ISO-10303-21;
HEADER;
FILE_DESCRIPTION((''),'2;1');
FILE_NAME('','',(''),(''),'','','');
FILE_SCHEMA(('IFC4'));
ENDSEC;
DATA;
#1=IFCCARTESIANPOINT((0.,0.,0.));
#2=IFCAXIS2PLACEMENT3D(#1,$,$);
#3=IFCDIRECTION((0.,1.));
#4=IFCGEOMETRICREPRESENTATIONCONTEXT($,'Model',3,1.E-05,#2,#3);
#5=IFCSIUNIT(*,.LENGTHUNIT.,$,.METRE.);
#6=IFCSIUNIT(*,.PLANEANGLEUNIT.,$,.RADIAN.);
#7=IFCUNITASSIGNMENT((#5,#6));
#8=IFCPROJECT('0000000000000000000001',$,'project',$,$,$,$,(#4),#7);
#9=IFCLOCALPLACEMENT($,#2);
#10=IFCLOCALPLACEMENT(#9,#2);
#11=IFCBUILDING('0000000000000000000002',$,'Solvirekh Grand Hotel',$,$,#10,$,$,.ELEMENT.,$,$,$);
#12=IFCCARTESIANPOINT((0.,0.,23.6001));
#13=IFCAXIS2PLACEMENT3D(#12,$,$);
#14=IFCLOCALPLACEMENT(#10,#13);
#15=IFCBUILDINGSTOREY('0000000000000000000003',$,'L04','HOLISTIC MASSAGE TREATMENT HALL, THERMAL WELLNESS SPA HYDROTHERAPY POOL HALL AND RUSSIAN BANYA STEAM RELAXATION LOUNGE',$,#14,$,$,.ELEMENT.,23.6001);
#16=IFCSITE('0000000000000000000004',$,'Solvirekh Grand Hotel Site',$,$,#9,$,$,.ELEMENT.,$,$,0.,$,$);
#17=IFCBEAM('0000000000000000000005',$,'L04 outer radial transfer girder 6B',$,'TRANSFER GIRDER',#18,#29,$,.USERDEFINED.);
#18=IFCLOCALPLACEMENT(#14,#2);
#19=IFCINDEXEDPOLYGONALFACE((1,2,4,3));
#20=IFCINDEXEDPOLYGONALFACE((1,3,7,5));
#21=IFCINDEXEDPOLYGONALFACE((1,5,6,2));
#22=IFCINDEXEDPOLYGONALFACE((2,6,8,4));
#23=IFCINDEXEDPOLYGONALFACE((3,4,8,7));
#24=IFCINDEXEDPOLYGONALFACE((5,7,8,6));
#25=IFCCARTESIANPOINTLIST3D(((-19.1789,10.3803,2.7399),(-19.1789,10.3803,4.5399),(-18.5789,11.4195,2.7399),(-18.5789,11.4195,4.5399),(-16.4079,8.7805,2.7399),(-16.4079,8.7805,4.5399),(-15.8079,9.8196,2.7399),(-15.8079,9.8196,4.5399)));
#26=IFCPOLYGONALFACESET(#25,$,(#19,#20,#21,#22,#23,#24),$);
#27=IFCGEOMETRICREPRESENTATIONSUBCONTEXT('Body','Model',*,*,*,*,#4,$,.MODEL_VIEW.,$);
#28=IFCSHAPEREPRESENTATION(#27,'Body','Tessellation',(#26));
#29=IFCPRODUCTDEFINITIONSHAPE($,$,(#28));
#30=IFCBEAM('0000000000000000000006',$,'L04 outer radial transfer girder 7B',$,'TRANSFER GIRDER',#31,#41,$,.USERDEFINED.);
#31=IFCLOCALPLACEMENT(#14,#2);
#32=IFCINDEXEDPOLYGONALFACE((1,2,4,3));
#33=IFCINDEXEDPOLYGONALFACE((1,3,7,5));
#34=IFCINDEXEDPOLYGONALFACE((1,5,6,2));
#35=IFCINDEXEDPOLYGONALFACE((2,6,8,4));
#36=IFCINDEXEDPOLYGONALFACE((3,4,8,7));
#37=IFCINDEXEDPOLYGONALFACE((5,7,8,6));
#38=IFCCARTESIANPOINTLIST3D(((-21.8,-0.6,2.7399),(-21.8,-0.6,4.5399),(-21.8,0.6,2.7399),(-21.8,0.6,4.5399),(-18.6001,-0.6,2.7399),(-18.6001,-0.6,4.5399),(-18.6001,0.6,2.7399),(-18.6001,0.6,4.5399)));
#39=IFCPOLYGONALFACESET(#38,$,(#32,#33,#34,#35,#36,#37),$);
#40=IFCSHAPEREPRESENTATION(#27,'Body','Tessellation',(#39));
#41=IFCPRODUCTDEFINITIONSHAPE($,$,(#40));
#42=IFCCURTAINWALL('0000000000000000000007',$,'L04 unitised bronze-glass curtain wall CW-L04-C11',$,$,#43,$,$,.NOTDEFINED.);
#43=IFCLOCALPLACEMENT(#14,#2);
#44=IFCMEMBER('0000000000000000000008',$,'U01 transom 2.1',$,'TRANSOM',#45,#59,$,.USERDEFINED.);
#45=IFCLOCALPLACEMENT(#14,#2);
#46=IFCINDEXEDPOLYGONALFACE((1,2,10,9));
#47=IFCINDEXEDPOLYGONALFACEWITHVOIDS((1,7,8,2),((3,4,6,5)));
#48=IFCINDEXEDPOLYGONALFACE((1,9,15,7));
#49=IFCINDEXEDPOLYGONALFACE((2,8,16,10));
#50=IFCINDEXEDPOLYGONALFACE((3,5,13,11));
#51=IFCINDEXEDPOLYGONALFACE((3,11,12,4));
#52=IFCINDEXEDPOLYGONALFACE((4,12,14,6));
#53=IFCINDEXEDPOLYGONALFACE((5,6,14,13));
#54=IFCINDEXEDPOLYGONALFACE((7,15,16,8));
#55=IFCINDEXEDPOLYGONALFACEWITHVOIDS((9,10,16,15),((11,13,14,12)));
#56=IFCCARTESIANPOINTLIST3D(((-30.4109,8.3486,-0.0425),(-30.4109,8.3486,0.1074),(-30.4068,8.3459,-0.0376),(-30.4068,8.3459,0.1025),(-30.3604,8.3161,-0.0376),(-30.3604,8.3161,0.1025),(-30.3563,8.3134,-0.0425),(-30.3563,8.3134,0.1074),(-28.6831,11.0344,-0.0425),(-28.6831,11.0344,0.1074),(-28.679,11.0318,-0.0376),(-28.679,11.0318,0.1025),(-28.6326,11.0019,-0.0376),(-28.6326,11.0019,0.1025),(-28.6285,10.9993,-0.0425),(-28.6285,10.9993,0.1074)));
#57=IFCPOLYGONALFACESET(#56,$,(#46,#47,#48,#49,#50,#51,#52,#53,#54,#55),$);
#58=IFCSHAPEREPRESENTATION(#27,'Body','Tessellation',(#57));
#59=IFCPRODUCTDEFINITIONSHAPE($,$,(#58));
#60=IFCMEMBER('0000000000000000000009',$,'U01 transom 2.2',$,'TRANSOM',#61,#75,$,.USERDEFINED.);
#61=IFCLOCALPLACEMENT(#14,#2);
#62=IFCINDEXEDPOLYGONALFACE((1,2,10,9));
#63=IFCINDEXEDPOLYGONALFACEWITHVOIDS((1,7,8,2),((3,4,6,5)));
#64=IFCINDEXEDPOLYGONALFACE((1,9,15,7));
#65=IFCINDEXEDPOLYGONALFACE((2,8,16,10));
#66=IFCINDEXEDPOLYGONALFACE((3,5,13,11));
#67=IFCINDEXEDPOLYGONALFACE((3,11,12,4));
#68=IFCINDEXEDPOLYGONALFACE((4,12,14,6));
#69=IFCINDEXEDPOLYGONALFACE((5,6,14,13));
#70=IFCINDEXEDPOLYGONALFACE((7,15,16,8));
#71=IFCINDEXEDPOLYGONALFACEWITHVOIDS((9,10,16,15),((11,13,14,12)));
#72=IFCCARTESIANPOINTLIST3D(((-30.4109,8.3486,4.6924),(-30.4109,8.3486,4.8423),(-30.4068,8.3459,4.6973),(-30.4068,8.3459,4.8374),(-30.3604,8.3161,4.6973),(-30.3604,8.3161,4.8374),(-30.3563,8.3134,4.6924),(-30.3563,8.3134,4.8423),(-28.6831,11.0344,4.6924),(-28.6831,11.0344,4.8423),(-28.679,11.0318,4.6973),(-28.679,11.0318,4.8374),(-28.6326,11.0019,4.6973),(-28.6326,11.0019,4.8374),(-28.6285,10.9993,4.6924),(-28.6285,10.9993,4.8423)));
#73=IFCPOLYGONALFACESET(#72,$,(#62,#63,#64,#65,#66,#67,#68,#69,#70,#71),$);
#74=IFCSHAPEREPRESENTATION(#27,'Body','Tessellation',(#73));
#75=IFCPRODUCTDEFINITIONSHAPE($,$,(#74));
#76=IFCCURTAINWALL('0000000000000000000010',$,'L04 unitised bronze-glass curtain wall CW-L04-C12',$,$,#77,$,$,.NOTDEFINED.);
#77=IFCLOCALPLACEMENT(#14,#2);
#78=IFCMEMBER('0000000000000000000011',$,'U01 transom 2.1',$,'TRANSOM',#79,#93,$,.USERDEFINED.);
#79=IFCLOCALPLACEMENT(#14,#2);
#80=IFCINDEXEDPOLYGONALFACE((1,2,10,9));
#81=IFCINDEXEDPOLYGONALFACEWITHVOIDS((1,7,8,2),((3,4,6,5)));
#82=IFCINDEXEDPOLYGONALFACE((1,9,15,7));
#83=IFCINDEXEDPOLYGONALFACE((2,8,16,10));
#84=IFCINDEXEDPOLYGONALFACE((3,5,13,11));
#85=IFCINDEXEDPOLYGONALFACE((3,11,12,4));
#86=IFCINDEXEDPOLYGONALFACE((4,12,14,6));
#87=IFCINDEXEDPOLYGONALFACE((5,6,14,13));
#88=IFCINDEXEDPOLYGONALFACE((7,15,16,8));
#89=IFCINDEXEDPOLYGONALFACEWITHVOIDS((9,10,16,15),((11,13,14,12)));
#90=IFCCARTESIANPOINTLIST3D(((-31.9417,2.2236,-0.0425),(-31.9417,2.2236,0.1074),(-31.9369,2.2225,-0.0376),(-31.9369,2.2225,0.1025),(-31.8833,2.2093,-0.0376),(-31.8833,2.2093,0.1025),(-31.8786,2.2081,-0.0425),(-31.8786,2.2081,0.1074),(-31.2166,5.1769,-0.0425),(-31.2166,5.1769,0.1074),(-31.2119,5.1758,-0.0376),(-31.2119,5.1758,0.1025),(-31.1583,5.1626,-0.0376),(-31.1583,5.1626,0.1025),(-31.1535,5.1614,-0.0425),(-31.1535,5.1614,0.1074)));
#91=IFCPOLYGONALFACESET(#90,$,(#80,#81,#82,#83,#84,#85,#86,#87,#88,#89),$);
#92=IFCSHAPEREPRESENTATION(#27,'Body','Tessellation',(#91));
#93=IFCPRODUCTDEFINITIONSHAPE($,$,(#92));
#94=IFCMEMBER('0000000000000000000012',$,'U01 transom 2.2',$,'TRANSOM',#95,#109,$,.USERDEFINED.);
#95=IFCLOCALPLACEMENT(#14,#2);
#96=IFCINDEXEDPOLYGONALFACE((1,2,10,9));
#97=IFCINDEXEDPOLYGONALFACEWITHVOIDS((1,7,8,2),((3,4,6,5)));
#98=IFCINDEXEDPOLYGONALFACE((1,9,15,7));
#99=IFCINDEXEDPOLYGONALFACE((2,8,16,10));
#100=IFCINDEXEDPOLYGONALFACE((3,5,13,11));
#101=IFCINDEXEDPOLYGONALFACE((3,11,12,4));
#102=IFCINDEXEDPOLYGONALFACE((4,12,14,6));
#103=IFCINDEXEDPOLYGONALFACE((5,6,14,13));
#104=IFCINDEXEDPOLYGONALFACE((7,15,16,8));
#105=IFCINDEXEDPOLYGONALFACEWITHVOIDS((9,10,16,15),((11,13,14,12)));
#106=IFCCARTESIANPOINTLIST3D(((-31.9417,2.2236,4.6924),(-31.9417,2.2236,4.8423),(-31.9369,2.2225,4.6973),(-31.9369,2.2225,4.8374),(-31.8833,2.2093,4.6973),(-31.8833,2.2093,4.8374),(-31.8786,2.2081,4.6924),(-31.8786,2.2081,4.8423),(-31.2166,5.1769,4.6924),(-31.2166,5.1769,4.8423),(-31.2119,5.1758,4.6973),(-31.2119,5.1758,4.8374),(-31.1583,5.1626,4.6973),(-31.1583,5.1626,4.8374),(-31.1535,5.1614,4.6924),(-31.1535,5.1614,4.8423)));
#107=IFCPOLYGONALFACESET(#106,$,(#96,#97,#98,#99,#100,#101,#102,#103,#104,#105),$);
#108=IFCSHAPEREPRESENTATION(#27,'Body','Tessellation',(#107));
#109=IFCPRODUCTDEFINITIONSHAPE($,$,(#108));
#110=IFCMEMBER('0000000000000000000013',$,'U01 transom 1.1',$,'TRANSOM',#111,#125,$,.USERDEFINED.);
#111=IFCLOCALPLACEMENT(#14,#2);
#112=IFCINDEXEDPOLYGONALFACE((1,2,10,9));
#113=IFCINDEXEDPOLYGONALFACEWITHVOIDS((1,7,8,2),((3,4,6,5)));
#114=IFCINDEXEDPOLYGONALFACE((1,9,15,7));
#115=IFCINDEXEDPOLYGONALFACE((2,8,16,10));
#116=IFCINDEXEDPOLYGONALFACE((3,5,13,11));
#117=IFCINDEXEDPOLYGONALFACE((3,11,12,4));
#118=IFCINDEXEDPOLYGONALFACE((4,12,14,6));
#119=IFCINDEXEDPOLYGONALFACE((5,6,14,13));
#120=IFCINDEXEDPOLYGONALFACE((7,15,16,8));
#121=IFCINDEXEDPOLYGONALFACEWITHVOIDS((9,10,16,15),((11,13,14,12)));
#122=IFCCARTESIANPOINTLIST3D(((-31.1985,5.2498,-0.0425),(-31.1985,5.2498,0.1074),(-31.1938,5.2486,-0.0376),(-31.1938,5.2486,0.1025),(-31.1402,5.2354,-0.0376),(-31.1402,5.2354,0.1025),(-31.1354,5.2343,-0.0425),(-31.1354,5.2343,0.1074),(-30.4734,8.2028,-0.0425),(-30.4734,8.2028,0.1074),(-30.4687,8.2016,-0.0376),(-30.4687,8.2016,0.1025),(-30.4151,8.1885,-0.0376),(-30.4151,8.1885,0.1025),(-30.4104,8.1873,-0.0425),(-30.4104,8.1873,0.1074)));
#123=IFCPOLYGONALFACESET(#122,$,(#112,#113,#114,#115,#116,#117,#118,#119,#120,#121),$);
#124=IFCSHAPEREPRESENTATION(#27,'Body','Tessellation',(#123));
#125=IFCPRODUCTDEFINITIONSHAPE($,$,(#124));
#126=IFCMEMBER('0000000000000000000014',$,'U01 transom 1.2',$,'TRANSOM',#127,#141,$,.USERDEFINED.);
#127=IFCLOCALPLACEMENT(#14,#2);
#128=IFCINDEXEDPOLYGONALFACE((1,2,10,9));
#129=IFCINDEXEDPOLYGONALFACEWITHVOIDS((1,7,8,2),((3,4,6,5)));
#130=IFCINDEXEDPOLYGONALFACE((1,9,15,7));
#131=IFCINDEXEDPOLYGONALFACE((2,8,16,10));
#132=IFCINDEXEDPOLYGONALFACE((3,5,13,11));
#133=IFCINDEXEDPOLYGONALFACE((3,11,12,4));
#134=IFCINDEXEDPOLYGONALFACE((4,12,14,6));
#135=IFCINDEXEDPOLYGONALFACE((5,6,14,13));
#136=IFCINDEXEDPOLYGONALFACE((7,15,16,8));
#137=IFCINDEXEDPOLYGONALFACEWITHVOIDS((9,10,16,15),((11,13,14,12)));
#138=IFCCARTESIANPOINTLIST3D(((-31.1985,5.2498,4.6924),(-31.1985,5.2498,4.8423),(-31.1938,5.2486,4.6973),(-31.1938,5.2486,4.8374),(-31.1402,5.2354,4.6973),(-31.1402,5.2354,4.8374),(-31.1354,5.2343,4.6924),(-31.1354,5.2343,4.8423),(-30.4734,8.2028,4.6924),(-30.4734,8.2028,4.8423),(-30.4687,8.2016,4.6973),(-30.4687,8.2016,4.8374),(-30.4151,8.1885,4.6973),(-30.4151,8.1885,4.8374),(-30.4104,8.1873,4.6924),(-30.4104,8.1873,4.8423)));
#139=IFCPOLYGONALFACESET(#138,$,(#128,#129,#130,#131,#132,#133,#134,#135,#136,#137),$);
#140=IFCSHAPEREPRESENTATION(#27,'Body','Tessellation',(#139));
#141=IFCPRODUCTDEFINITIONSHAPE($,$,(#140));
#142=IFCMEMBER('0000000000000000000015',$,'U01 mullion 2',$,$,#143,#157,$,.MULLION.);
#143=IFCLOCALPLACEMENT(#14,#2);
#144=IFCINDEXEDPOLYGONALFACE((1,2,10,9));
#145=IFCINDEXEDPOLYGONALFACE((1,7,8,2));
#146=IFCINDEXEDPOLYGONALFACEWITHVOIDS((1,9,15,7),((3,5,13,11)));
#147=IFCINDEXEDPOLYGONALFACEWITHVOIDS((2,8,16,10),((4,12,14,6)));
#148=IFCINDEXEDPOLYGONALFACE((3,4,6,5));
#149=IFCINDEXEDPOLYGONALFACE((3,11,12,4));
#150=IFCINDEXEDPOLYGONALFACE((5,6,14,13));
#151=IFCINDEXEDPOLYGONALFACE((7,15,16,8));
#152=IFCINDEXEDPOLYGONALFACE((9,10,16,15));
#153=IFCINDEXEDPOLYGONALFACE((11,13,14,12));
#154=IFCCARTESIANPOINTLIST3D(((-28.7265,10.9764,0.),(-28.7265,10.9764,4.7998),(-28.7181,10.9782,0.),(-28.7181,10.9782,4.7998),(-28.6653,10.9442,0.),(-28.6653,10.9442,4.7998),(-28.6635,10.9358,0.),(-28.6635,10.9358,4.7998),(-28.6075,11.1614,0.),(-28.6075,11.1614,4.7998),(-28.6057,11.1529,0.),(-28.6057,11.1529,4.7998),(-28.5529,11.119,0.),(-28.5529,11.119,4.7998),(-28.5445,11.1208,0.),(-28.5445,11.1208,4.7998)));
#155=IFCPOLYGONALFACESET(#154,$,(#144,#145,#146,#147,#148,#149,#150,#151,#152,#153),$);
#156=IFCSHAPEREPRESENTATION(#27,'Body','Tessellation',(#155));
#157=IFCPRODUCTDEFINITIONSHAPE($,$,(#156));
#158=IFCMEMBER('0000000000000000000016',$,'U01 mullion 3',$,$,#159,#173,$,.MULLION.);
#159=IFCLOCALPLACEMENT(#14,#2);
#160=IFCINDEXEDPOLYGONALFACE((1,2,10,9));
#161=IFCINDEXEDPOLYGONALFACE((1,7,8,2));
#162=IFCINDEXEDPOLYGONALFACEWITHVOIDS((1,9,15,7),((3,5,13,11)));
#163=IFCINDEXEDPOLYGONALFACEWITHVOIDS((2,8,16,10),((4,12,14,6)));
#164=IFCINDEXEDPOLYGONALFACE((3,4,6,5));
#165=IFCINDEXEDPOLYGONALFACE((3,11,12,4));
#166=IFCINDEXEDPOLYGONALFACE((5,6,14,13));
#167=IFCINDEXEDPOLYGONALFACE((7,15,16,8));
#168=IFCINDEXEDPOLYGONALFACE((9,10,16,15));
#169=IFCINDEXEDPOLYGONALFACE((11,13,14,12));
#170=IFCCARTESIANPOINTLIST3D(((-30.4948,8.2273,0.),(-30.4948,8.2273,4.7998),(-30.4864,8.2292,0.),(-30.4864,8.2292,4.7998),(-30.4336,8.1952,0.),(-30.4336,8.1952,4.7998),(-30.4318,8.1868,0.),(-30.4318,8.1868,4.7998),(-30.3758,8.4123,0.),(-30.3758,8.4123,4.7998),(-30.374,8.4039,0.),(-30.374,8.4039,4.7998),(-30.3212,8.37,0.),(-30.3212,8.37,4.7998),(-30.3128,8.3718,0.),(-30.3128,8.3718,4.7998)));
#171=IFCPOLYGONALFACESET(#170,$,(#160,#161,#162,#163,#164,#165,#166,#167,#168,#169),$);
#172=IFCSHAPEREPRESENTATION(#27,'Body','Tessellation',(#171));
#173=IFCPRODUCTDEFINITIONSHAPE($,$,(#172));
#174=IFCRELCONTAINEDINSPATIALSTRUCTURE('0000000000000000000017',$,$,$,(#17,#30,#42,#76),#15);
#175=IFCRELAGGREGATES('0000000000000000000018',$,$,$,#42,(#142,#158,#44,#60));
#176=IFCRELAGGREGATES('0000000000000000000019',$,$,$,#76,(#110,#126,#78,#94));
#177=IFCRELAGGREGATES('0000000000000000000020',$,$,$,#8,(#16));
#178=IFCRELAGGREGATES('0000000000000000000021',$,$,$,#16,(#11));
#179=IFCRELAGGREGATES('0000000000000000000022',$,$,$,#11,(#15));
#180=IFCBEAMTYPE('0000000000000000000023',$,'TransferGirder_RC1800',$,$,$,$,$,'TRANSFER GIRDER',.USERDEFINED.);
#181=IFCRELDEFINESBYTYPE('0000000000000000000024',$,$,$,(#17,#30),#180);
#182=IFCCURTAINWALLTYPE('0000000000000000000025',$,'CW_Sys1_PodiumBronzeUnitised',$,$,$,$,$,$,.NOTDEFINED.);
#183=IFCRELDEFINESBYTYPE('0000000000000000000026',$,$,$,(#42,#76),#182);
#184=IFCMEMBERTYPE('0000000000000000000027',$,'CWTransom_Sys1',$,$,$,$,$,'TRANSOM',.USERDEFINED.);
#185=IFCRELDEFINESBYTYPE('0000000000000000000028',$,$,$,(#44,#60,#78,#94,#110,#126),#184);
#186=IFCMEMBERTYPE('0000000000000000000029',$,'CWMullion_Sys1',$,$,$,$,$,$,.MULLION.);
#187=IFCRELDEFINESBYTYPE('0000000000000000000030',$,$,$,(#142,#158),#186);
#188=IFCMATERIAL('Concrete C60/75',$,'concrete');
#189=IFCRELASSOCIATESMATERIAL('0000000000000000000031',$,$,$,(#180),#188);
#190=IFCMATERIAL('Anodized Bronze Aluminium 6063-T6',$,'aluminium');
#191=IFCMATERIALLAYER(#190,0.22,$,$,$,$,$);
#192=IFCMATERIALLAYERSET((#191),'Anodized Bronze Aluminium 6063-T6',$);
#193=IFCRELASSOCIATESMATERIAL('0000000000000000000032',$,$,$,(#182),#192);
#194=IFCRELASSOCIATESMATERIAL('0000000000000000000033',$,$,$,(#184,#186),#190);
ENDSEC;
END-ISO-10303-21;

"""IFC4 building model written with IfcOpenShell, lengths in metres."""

from ifc_helpers import new_model, si_unit, direction, frame, origin, origin_2d, place, context, subcontext, project, spatial, rectangle, hollow_rectangle, extrude, source, transform, mapped, material, layer, layer_set, material_profile, profile_set, type_object, element, aggregate, save


model = new_model("IFC4")

# Units and contexts
model_context = context("Model", 3, precision=1e-05, world=origin(), true_north=direction((0.0, 1.0)))
body_context = subcontext(model_context, "Body", "Model", "MODEL_VIEW")
ifc_project = project(units=[si_unit("LENGTHUNIT", "METRE"), si_unit("PLANEANGLEUNIT", "RADIAN")], contexts=[model_context])

# Site, building, storey
site_placement = place(None, origin())
site = spatial("IfcSite", under=ifc_project, at=site_placement, Name="Solvirekh Grand Hotel Site", CompositionType="ELEMENT", RefElevation=0.0)
building_placement = place(site_placement, origin())
building = spatial("IfcBuilding", under=site, at=building_placement, Name="Solvirekh Grand Hotel", CompositionType="ELEMENT")
storey_placement = place(building_placement, frame((0.0, 0.0, 23.6001)))
storey = spatial("IfcBuildingStorey", under=building, at=storey_placement, Name="L04", Description="HOLISTIC MASSAGE TREATMENT HALL, THERMAL WELLNESS SPA HYDROTHERAPY POOL HALL AND RUSSIAN BANYA STEAM RELAXATION LOUNGE", CompositionType="ELEMENT", Elevation=23.6001)

# Shared definitions
ifc_material_1 = material(Name="Concrete C60/75", Category="concrete")

# Beams
ifc_material_profile_1 = material_profile(ifc_material_1, rectangle(XDim=1.2, YDim=1.8, at=origin_2d()), Name="RC GIRDER 1200X1800")
ifc_profile_set_1 = profile_set([ifc_material_profile_1], Name="Concrete C60/75")
beam_type_1 = type_object("IfcBeamType", Name="TransferGirder_RC1800", ElementType="TRANSFER GIRDER", PredefinedType="USERDEFINED", material=ifc_profile_set_1)
beam_1_placement = place(storey_placement, frame((-16.1079, 9.3, 3.6399), z_axis=(-0.866023, 0.500004, 0.0), x_axis=(-0.500004, -0.866023, 0.0)))
element("IfcBeam", 1, at=beam_1_placement, inside=storey, type_object=beam_type_1, Name="L04 outer radial transfer girder 6B", ObjectType="TRANSFER GIRDER", PredefinedType="USERDEFINED", context=body_context, shape_type="SweptSolid", body=[
    extrude(rectangle(XDim=1.2, YDim=1.8, at=origin_2d()), origin(), (0.0, 0.0, 1.0), 3.1997),
])
beam_2_placement = place(storey_placement, frame((-18.6001, 0.0, 3.6399), z_axis=(-1.0, 0.0, 0.0), x_axis=(0.0, -1.0, 0.0)))
element("IfcBeam", 2, at=beam_2_placement, inside=storey, type_object=beam_type_1, Name="L04 outer radial transfer girder 7B", ObjectType="TRANSFER GIRDER", PredefinedType="USERDEFINED", context=body_context, shape_type="SweptSolid", body=[
    extrude(rectangle(XDim=1.2, YDim=1.8, at=origin_2d()), origin(), (0.0, 0.0, 1.0), 3.2),
])

# Curtain walls, members
ifc_material_2 = material(Name="Anodized Bronze Aluminium 6063-T6", Category="aluminium")
ifc_layer_1 = layer(ifc_material_2, 0.22)
ifc_layer_set_1 = layer_set([ifc_layer_1], Name="Anodized Bronze Aluminium 6063-T6")
curtain_wall_type = type_object("IfcCurtainWallType", Name="CW_Sys1_PodiumBronzeUnitised", PredefinedType="NOTDEFINED", material=ifc_layer_set_1)
curtain_wall_1_placement = place(storey_placement, origin())
curtain_wall_1 = element("IfcCurtainWall", 3, at=curtain_wall_1_placement, inside=storey, type_object=curtain_wall_type, Name="L04 unitised bronze-glass curtain wall CW-L04-C11", PredefinedType="NOTDEFINED")
ifc_material_profile_2 = material_profile(ifc_material_2, hollow_rectangle(XDim=0.0649, YDim=0.1499, WallThickness=0.0049, at=origin_2d()), Name="ALU RHS 150X65X5")
ifc_profile_set_2 = profile_set([ifc_material_profile_2], Name="Anodized Bronze Aluminium 6063-T6")
member_type_1 = type_object("IfcMemberType", Name="CWTransom_Sys1", ElementType="TRANSOM", PredefinedType="USERDEFINED", material=ifc_profile_set_2)
shared_shape_1 = source(origin(), body_context, "Body", "SweptSolid", [
    extrude(hollow_rectangle(XDim=0.0649, YDim=0.1499, WallThickness=0.0049, at=origin_2d()), origin(), (0.0, 0.0, 1.0), 3.1936),
])
member_1_placement = place(storey_placement, frame((-28.6558, 11.0168, 0.0325), z_axis=(-0.541024, -0.841007, 0.0), x_axis=(0.841007, -0.541024, 0.0)))
member_1 = element("IfcMember", 4, at=member_1_placement, type_object=member_type_1, Name="U01 transom 2.1", ObjectType="TRANSOM", PredefinedType="USERDEFINED", context=body_context, shape_type="MappedRepresentation", body=[
    mapped(shared_shape_1, transform((0.0, 0.0, 0.0), x_axis=(1.0, 0.0, 0.0), y_axis=(0.0, 1.0, 0.0), z_axis=(0.0, 0.0, 1.0), scale=1.0)),
])
member_2_placement = place(storey_placement, frame((-28.6558, 11.0168, 4.7673), z_axis=(-0.541024, -0.841007, 0.0), x_axis=(0.841007, -0.541024, 0.0)))
member_2 = element("IfcMember", 5, at=member_2_placement, type_object=member_type_1, Name="U01 transom 2.2", ObjectType="TRANSOM", PredefinedType="USERDEFINED", context=body_context, shape_type="MappedRepresentation", body=[
    mapped(shared_shape_1, transform((0.0, 0.0, 0.0), x_axis=(1.0, 0.0, 0.0), y_axis=(0.0, 1.0, 0.0), z_axis=(0.0, 0.0, 1.0), scale=1.0)),
])
curtain_wall_2_placement = place(storey_placement, origin())
curtain_wall_2 = element("IfcCurtainWall", 6, at=curtain_wall_2_placement, inside=storey, type_object=curtain_wall_type, Name="L04 unitised bronze-glass curtain wall CW-L04-C12", PredefinedType="NOTDEFINED")
shared_shape_2 = source(origin(), body_context, "Body", "SweptSolid", [
    extrude(hollow_rectangle(XDim=0.0649, YDim=0.1499, WallThickness=0.0049, at=origin_2d()), origin(), (0.0, 0.0, 1.0), 3.041),
])
member_3_placement = place(storey_placement, frame((-31.1851, 5.1692, 0.0325), z_axis=(-0.238434, -0.971159, 0.0), x_axis=(0.971159, -0.238434, 0.0)))
member_3 = element("IfcMember", 7, at=member_3_placement, type_object=member_type_1, Name="U01 transom 2.1", ObjectType="TRANSOM", PredefinedType="USERDEFINED", context=body_context, shape_type="MappedRepresentation", body=[
    mapped(shared_shape_2, transform((0.0, 0.0, 0.0), x_axis=(1.0, 0.0, 0.0), y_axis=(0.0, 1.0, 0.0), z_axis=(0.0, 0.0, 1.0), scale=1.0)),
])
member_4_placement = place(storey_placement, frame((-31.1851, 5.1692, 4.7673), z_axis=(-0.238434, -0.971159, 0.0), x_axis=(0.971159, -0.238434, 0.0)))
member_4 = element("IfcMember", 8, at=member_4_placement, type_object=member_type_1, Name="U01 transom 2.2", ObjectType="TRANSOM", PredefinedType="USERDEFINED", context=body_context, shape_type="MappedRepresentation", body=[
    mapped(shared_shape_2, transform((0.0, 0.0, 0.0), x_axis=(1.0, 0.0, 0.0), y_axis=(0.0, 1.0, 0.0), z_axis=(0.0, 0.0, 1.0), scale=1.0)),
])
shared_shape_3 = source(origin(), body_context, "Body", "SweptSolid", [
    extrude(hollow_rectangle(XDim=0.0649, YDim=0.1499, WallThickness=0.0049, at=origin_2d()), origin(), (0.0, 0.0, 1.0), 3.0408),
])
member_5_placement = place(storey_placement, frame((-30.4419, 8.1951, 0.0325), z_axis=(-0.238453, -0.971154, 0.0), x_axis=(0.971154, -0.238453, 0.0)))
member_5 = element("IfcMember", 9, at=member_5_placement, type_object=member_type_1, Name="U01 transom 1.1", ObjectType="TRANSOM", PredefinedType="USERDEFINED", context=body_context, shape_type="MappedRepresentation", body=[
    mapped(shared_shape_3, transform((0.0, 0.0, 0.0), x_axis=(1.0, 0.0, 0.0), y_axis=(0.0, 1.0, 0.0), z_axis=(0.0, 0.0, 1.0), scale=1.0)),
])
member_6_placement = place(storey_placement, frame((-30.4419, 8.1951, 4.7673), z_axis=(-0.238453, -0.971154, 0.0), x_axis=(0.971154, -0.238453, 0.0)))
member_6 = element("IfcMember", 10, at=member_6_placement, type_object=member_type_1, Name="U01 transom 1.2", ObjectType="TRANSOM", PredefinedType="USERDEFINED", context=body_context, shape_type="MappedRepresentation", body=[
    mapped(shared_shape_3, transform((0.0, 0.0, 0.0), x_axis=(1.0, 0.0, 0.0), y_axis=(0.0, 1.0, 0.0), z_axis=(0.0, 0.0, 1.0), scale=1.0)),
])

# Members
ifc_material_profile_3 = material_profile(ifc_material_2, hollow_rectangle(XDim=0.075, YDim=0.22, WallThickness=0.0061, at=origin_2d()), Name="ALU RHS 220X75X6")
ifc_profile_set_3 = profile_set([ifc_material_profile_3], Name="Anodized Bronze Aluminium 6063-T6")
member_type_2 = type_object("IfcMemberType", Name="CWMullion_Sys1", PredefinedType="MULLION", material=ifc_profile_set_3)
shared_shape_4 = source(origin(), body_context, "Body", "SweptSolid", [
    extrude(hollow_rectangle(XDim=0.075, YDim=0.22, WallThickness=0.0061, at=origin_2d()), origin(), (0.0, 0.0, 1.0), 4.7998),
])
member_7_placement = place(storey_placement, frame((-28.6355, 11.0486, 0.0), z_axis=(0.0, 0.0, 1.0), x_axis=(0.841036, -0.540979, 0.0)))
member_7 = element("IfcMember", 11, at=member_7_placement, type_object=member_type_2, Name="U01 mullion 2", PredefinedType="MULLION", context=body_context, shape_type="MappedRepresentation", body=[
    mapped(shared_shape_4, transform((0.0, 0.0, 0.0), x_axis=(1.0, 0.0, 0.0), y_axis=(0.0, 1.0, 0.0), z_axis=(0.0, 0.0, 1.0), scale=1.0)),
])
member_8_placement = place(storey_placement, frame((-30.4038, 8.2996, 0.0), z_axis=(0.0, 0.0, 1.0), x_axis=(0.841036, -0.540979, 0.0)))
member_8 = element("IfcMember", 12, at=member_8_placement, type_object=member_type_2, Name="U01 mullion 3", PredefinedType="MULLION", context=body_context, shape_type="MappedRepresentation", body=[
    mapped(shared_shape_4, transform((0.0, 0.0, 0.0), x_axis=(1.0, 0.0, 0.0), y_axis=(0.0, 1.0, 0.0), z_axis=(0.0, 0.0, 1.0), scale=1.0)),
])

aggregate(curtain_wall_1, [member_7, member_8, member_1, member_2])
aggregate(curtain_wall_2, [member_5, member_6, member_3, member_4])

save(model, "model.ifc")
